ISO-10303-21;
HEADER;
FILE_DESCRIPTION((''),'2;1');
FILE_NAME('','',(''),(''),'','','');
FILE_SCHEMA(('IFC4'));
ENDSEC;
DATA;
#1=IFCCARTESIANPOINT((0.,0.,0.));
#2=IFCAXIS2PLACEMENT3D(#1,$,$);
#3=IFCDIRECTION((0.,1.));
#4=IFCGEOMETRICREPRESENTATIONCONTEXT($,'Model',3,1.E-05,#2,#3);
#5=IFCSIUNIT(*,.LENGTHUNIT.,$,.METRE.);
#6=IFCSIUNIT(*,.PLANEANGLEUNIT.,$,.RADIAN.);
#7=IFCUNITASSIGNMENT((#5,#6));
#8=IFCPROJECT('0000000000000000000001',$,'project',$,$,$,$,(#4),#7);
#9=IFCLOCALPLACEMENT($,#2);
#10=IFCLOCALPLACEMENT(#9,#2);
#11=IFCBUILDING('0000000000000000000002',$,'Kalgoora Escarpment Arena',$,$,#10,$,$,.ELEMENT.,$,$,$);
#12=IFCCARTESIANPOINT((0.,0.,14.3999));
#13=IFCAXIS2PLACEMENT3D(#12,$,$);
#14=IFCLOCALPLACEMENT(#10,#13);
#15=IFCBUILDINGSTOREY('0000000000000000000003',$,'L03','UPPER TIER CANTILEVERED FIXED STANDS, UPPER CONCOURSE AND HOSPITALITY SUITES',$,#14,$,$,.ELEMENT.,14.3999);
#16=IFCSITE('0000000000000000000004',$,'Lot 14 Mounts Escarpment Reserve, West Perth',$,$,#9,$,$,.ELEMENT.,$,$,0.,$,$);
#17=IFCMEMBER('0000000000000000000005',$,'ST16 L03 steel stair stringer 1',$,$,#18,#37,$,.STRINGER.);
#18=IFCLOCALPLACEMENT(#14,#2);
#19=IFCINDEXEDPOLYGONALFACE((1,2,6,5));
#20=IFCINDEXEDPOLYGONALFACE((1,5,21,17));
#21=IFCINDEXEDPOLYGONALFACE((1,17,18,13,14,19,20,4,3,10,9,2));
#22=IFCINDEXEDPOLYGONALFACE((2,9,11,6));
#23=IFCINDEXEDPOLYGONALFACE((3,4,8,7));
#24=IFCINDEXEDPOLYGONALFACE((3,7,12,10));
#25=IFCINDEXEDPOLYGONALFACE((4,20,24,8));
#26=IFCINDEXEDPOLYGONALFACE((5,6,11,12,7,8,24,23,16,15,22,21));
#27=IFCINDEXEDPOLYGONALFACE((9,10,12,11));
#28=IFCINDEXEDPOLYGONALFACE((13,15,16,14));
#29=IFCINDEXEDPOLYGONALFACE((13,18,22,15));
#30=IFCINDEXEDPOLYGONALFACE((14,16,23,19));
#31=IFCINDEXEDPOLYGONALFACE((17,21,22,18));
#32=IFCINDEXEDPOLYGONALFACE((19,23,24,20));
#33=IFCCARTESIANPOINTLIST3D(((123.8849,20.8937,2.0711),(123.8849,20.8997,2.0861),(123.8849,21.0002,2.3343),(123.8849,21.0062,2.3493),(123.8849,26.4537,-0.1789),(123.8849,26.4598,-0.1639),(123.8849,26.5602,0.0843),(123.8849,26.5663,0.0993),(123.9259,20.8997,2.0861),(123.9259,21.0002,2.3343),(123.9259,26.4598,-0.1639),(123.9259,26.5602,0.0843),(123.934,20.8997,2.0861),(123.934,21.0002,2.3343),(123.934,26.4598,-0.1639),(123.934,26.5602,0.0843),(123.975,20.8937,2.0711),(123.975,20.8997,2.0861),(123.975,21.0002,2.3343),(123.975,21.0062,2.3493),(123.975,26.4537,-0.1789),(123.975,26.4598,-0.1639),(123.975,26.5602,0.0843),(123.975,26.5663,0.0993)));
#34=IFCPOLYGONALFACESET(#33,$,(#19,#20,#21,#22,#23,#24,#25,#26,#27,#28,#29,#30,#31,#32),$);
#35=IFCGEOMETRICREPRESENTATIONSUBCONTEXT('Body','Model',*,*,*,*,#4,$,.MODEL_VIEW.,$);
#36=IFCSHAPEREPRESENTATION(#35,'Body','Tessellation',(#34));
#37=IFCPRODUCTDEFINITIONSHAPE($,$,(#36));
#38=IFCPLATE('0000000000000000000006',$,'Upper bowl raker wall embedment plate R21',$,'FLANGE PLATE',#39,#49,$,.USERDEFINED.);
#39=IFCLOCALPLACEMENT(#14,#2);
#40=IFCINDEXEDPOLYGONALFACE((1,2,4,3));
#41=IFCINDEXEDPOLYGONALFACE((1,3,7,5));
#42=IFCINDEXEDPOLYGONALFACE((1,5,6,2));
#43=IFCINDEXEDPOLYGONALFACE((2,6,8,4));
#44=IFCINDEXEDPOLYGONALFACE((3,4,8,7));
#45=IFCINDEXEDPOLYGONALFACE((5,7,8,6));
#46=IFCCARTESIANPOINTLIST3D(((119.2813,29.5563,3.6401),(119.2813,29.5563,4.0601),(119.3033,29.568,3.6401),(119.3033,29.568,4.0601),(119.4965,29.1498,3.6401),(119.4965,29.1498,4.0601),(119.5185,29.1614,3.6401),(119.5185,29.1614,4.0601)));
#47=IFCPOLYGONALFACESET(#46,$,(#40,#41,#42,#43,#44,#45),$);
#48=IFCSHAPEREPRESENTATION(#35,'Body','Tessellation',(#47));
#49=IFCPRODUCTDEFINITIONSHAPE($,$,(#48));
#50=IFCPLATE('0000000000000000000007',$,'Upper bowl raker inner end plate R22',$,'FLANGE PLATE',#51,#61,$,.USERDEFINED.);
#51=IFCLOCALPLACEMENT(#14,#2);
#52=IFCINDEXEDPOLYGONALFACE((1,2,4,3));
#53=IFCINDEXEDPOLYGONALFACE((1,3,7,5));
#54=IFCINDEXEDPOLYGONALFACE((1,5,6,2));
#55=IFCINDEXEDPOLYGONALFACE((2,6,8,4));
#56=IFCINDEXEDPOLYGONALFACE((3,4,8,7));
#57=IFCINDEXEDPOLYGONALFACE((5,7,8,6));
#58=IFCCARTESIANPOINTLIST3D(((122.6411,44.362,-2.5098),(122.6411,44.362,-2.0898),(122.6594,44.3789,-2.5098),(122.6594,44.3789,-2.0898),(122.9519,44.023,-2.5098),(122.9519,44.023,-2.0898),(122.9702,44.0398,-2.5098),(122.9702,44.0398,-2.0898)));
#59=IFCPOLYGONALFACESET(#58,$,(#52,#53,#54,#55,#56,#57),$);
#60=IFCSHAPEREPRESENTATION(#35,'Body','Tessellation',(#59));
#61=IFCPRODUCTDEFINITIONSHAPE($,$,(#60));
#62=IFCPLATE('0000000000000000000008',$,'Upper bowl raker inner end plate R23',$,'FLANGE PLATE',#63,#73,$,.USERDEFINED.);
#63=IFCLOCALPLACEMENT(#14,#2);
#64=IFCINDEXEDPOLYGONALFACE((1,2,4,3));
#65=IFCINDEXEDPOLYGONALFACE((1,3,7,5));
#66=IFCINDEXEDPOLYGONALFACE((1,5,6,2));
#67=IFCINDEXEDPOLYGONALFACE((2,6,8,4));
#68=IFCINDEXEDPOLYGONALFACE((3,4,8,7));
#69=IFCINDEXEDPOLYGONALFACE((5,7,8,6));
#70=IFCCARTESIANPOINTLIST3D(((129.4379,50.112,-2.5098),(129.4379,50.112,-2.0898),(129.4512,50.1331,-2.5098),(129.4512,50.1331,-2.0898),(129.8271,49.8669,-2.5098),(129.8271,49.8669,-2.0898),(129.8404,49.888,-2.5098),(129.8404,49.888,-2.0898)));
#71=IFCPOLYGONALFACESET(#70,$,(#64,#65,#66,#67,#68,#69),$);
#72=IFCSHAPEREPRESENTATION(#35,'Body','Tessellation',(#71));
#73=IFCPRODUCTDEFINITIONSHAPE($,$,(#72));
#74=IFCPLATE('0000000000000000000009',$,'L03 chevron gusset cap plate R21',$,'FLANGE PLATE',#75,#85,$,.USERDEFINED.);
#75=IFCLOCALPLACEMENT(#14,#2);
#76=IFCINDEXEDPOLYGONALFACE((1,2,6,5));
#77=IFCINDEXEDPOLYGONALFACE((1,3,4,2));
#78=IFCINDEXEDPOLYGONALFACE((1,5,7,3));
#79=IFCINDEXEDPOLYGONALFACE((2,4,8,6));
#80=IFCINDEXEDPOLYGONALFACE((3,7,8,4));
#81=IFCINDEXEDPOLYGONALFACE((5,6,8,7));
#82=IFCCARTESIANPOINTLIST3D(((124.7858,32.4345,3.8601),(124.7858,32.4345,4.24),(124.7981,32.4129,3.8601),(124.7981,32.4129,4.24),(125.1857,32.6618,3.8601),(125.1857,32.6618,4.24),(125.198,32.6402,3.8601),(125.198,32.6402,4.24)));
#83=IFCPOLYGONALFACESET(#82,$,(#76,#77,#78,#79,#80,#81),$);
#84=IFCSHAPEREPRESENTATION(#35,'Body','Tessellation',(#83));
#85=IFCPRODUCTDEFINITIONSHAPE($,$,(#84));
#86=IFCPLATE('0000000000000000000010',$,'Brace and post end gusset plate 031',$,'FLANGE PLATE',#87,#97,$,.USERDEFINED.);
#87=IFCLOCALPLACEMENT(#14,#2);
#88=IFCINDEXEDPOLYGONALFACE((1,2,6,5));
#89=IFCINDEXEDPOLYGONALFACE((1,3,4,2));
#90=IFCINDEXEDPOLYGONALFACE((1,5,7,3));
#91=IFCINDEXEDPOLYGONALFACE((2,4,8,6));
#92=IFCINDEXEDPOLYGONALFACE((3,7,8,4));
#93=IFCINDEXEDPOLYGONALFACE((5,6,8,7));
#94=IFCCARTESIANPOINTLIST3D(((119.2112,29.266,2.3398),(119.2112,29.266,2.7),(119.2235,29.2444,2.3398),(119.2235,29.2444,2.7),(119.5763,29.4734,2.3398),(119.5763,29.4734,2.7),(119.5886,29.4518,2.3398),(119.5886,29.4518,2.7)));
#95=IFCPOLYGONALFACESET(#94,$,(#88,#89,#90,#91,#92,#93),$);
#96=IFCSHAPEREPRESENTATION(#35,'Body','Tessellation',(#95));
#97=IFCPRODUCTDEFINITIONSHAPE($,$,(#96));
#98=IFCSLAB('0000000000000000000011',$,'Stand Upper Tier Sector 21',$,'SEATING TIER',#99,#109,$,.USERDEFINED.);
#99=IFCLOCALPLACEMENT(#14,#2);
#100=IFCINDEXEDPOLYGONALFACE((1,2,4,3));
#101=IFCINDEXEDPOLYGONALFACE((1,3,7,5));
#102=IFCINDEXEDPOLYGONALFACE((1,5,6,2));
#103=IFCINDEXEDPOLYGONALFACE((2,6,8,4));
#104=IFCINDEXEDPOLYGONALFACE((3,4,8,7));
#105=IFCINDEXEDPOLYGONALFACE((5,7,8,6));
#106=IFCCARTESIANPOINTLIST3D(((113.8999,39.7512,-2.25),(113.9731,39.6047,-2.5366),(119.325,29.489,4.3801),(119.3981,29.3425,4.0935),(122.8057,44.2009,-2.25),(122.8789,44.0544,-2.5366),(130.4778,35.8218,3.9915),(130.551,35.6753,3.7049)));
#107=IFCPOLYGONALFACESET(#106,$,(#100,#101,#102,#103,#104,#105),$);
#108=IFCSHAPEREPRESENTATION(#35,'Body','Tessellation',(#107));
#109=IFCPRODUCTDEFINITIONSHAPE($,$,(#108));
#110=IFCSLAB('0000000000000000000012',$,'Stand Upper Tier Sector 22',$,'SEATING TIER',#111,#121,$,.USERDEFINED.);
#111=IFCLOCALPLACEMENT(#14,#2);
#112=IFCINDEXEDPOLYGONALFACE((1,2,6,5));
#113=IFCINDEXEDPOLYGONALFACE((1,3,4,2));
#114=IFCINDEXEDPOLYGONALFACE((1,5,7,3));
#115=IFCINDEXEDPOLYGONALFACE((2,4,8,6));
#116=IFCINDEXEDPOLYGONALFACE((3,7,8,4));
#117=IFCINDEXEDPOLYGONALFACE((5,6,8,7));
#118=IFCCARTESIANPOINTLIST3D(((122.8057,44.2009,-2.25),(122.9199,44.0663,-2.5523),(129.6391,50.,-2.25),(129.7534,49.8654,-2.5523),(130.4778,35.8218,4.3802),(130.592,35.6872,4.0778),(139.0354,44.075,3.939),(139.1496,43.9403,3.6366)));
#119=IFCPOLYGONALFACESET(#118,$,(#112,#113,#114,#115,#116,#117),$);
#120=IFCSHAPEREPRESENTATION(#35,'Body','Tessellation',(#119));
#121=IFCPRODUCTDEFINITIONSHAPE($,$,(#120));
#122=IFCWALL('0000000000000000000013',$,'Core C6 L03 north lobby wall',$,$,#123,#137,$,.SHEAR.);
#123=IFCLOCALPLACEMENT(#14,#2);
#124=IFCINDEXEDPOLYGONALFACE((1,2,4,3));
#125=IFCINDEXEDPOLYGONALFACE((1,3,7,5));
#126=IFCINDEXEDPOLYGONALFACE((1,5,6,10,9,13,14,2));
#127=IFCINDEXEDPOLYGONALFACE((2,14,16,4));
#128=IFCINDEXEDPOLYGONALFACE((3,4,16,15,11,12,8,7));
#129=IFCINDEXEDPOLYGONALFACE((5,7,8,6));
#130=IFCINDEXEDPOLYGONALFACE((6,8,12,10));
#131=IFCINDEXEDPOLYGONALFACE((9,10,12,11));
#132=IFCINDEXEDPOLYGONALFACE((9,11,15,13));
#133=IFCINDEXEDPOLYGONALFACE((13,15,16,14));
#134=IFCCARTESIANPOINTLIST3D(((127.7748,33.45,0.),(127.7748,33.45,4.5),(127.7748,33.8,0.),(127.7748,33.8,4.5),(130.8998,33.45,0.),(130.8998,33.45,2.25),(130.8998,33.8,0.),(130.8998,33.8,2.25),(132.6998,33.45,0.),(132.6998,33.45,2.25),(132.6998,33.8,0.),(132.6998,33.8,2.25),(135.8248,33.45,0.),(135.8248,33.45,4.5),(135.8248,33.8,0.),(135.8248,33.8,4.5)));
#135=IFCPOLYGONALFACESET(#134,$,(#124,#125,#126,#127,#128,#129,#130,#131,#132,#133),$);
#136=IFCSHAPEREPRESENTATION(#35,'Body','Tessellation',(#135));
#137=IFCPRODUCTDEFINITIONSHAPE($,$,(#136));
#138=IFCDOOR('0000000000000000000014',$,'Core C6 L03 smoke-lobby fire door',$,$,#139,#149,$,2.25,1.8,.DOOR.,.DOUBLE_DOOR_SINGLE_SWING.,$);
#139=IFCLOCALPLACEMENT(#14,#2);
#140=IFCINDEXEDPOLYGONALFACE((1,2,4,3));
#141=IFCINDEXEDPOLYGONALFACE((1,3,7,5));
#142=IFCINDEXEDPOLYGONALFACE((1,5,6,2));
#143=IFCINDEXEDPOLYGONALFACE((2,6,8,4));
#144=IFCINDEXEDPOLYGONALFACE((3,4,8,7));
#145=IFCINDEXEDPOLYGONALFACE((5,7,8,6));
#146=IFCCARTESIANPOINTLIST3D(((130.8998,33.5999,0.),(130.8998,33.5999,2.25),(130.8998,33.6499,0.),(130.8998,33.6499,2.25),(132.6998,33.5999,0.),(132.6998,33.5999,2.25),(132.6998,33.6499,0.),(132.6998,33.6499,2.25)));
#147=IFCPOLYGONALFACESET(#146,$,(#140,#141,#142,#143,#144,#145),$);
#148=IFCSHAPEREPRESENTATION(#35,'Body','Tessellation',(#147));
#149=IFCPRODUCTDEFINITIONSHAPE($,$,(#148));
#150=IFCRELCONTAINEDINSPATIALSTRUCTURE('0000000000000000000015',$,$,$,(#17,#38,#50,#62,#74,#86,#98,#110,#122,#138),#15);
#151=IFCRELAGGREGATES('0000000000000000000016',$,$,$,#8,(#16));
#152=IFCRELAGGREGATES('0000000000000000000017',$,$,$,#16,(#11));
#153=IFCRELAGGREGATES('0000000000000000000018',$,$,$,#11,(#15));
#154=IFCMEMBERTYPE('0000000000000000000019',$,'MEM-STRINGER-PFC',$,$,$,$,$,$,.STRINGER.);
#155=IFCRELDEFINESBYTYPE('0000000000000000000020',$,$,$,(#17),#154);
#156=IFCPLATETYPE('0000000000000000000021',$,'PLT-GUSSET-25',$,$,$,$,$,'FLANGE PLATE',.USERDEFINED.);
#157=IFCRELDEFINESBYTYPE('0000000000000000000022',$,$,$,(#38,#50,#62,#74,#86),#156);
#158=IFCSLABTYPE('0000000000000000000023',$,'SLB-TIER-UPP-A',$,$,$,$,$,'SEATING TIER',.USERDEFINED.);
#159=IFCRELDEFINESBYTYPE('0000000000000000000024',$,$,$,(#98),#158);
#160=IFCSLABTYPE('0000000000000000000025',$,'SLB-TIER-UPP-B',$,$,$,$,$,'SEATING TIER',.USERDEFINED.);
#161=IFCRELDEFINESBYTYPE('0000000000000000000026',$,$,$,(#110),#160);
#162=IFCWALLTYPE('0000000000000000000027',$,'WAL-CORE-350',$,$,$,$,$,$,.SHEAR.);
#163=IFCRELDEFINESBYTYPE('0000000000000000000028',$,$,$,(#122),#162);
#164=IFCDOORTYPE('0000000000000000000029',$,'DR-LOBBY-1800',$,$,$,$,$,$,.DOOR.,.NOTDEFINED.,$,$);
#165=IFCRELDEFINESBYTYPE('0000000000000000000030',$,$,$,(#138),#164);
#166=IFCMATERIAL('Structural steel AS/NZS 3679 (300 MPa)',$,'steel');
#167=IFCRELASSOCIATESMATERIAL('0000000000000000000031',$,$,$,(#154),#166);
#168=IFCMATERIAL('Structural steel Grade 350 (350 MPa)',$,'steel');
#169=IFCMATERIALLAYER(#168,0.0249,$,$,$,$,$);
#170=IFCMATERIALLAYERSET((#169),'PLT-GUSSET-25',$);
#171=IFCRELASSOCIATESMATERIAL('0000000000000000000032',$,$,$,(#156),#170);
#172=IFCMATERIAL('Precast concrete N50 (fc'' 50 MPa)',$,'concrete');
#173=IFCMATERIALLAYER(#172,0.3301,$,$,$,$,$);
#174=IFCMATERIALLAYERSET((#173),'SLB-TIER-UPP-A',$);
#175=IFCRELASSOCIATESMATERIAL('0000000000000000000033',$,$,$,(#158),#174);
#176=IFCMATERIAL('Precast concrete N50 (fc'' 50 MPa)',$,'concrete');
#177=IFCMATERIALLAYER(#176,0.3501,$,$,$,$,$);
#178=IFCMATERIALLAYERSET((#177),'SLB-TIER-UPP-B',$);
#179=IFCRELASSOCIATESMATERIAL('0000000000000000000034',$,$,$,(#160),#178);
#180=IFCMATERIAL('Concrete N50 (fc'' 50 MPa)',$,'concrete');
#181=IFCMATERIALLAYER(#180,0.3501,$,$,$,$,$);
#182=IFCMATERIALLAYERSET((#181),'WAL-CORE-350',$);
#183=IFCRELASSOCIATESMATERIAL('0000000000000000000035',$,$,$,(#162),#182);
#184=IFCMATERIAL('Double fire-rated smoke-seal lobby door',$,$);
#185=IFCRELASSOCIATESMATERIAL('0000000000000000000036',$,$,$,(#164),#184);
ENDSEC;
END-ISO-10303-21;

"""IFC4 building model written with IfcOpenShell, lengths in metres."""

from ifc_helpers import new_model, si_unit, direction, frame, frame_2d, origin, origin_2d, place, context, subcontext, project, spatial, polyline, rectangle, i_section, outline, extrude, material, layer, layer_set, material_profile, profile_set, type_object, element, fill, save


model = new_model("IFC4")

# Units and contexts
model_context = context("Model", 3, precision=1e-05, world=origin(), true_north=direction((0.0, 1.0)))
body_context = subcontext(model_context, "Body", "Model", "MODEL_VIEW")
ifc_project = project(units=[si_unit("LENGTHUNIT", "METRE"), si_unit("PLANEANGLEUNIT", "RADIAN")], contexts=[model_context])

# Site, building, storey
site_placement = place(None, origin())
site = spatial("IfcSite", under=ifc_project, at=site_placement, Name="Lot 14 Mounts Escarpment Reserve, West Perth", CompositionType="ELEMENT", RefElevation=0.0)
building_placement = place(site_placement, origin())
building = spatial("IfcBuilding", under=site, at=building_placement, Name="Kalgoora Escarpment Arena", CompositionType="ELEMENT")
storey_placement = place(building_placement, frame((0.0, 0.0, 14.3999)))
storey = spatial("IfcBuildingStorey", under=building, at=storey_placement, Name="L03", Description="UPPER TIER CANTILEVERED FIXED STANDS, UPPER CONCOURSE AND HOSPITALITY SUITES", CompositionType="ELEMENT", Elevation=14.3999)

# Member
ifc_material_1 = material(Name="Structural steel AS/NZS 3679 (300 MPa)", Category="steel")
ifc_material_profile_1 = material_profile(ifc_material_1, i_section(OverallWidth=0.0901, OverallDepth=0.3, WebThickness=0.0081, FlangeThickness=0.0161, at=origin_2d()))
ifc_profile_set_1 = profile_set([ifc_material_profile_1], Name="Structural steel AS/NZS 3679 (300 MPa)")
member_type_1 = type_object("IfcMemberType", Name="MEM-STRINGER-PFC", PredefinedType="STRINGER", material=ifc_profile_set_1)
member_1_placement = place(storey_placement, frame((123.9299, 26.51, -0.0398), z_axis=(0.0, -0.926976, 0.375121), x_axis=(1.0, 0.0, 0.0)))
element("IfcMember", 1, at=member_1_placement, inside=storey, type_object=member_type_1, Name="ST16 L03 steel stair stringer 1", PredefinedType="STRINGER", context=body_context, shape_type="SweptSolid", body=[
    extrude(i_section(OverallWidth=0.0901, OverallDepth=0.3, WebThickness=0.0081, FlangeThickness=0.0161, at=origin_2d()), origin(), (0.0, 0.0, 1.0), 5.998),
])

# Plates
ifc_material_2 = material(Name="Structural steel Grade 350 (350 MPa)", Category="steel")
ifc_layer_1 = layer(ifc_material_2, 0.0249)
ifc_layer_set_1 = layer_set([ifc_layer_1], Name="PLT-GUSSET-25")
plate_type = type_object("IfcPlateType", Name="PLT-GUSSET-25", ElementType="FLANGE PLATE", PredefinedType="USERDEFINED", material=ifc_layer_set_1)
for number, where, z_axis, x_axis, name in (
    (2, (119.3999, 29.3589, 3.6401), (0.0, 0.0, 1.0), (0.467776, -0.883847, 0.0), "Upper bowl raker wall embedment plate R21"),
    (3, (122.8057, 44.2009, -2.5098), (0.0, 0.0, 1.0), (0.675719, -0.737159, 0.0), "Upper bowl raker inner end plate R22"),
    (4, (129.6392, 50.0, -2.5098), (0.0, 0.0, 1.0), (0.846193, -0.532876, 0.0), "Upper bowl raker inner end plate R23"),
):
    element("IfcPlate", number, at=place(storey_placement, frame(where, z_axis=z_axis, x_axis=x_axis)), inside=storey, type_object=plate_type, Name=name, ObjectType="FLANGE PLATE", PredefinedType="USERDEFINED", context=body_context, shape_type="SweptSolid", body=[
        extrude(rectangle(XDim=0.46, YDim=0.0249, at=origin_2d()), origin(), (0.0, 0.0, 1.0), 0.4199),
    ])
plate_1_placement = place(storey_placement, frame((124.9919, 32.5374, 3.8601), z_axis=(0.0, 0.0, 1.0), x_axis=(0.869409, 0.494094, 0.0)))
element("IfcPlate", 5, at=plate_1_placement, inside=storey, type_object=plate_type, Name="L03 chevron gusset cap plate R21", ObjectType="FLANGE PLATE", PredefinedType="USERDEFINED", context=body_context, shape_type="SweptSolid", body=[
    extrude(rectangle(XDim=0.46, YDim=0.0249, at=origin_2d()), origin(), (0.0, 0.0, 1.0), 0.3799),
])
plate_2_placement = place(storey_placement, frame((119.3999, 29.3589, 2.3398), z_axis=(0.0, 0.0, 1.0), x_axis=(0.869495, 0.493942, 0.0)))
element("IfcPlate", 6, at=plate_2_placement, inside=storey, type_object=plate_type, Name="Brace and post end gusset plate 031", ObjectType="FLANGE PLATE", PredefinedType="USERDEFINED", context=body_context, shape_type="SweptSolid", body=[
    extrude(rectangle(XDim=0.4199, YDim=0.0249, at=origin_2d()), origin(), (0.0, 0.0, 1.0), 0.3601),
])

# Slabs
ifc_material_3 = material(Name="Precast concrete N50 (fc' 50 MPa)", Category="concrete")
ifc_layer_2 = layer(ifc_material_3, 0.3301)
ifc_layer_set_2 = layer_set([ifc_layer_2], Name="SLB-TIER-UPP-A")
slab_type_1 = type_object("IfcSlabType", Name="SLB-TIER-UPP-A", ElementType="SEATING TIER", PredefinedType="USERDEFINED", material=ifc_layer_set_2)
slab_1_placement = place(storey_placement, frame((113.8999, 39.7512, -2.25), z_axis=(-0.221718, 0.443761, 0.868284), x_axis=(0.894555, 0.446957, -0.000003)))
element("IfcSlab", 7, at=slab_1_placement, inside=storey, type_object=slab_type_1, Name="Stand Upper Tier Sector 21", ObjectType="SEATING TIER", PredefinedType="USERDEFINED", context=body_context, shape_type="SweptSolid", body=[
    extrude(outline(polyline([(0.0, 0.0), (9.9555, 0.0), (13.0735, -12.5819), (0.2662, -13.3653), (0.0, 0.0)])), origin(), (0.0, 0.0, -1.0), 0.3301),
])
ifc_material_4 = material(Name="Precast concrete N50 (fc' 50 MPa)", Category="concrete")
ifc_layer_3 = layer(ifc_material_4, 0.3501)
ifc_layer_set_3 = layer_set([ifc_layer_3], Name="SLB-TIER-UPP-B")
slab_type_2 = type_object("IfcSlabType", Name="SLB-TIER-UPP-B", ElementType="SEATING TIER", PredefinedType="USERDEFINED", material=ifc_layer_set_3)
slab_2_placement = place(storey_placement, frame((122.8057, 44.2009, -2.25), z_axis=(-0.326308, 0.384508, 0.863526), x_axis=(0.762455, 0.647041, 0.000003)))
element("IfcSlab", 8, at=slab_2_placement, inside=storey, type_object=slab_type_2, Name="Stand Upper Tier Sector 22", ObjectType="SEATING TIER", PredefinedType="USERDEFINED", context=body_context, shape_type="SweptSolid", body=[
    extrude(outline(polyline([(0.0, 0.0), (8.9625, 0.0), (12.293, -12.2722), (0.428, -13.1471), (0.0, 0.0)])), origin(), (0.0, 0.0, -1.0), 0.3501),
])

# Wall, opening, door
ifc_material_5 = material(Name="Concrete N50 (fc' 50 MPa)", Category="concrete")
ifc_layer_4 = layer(ifc_material_5, 0.3501)
ifc_layer_set_4 = layer_set([ifc_layer_4], Name="WAL-CORE-350")
wall_type_1 = type_object("IfcWallType", Name="WAL-CORE-350", PredefinedType="SHEAR", material=ifc_layer_set_4)
wall_1_placement = place(storey_placement, frame((127.7749, 33.625, 0.0), z_axis=(0.0, 0.0, 1.0), x_axis=(1.0, 0.0, 0.0)))
wall_1 = element("IfcWall", 9, at=wall_1_placement, inside=storey, type_object=wall_type_1, Name="Core C6 L03 north lobby wall", PredefinedType="SHEAR", context=body_context, shape_type="SweptSolid", body=[
    extrude(rectangle(XDim=8.05, YDim=0.3501, at=frame_2d((4.0249, 0.0))), origin(), (0.0, 0.0, 1.0), 4.5),
])
opening_1_placement = place(wall_1_placement, frame((3.125, 0.0, 0.0)))
opening_1 = element("IfcOpeningElement", 10, at=opening_1_placement, cuts=wall_1, PredefinedType="OPENING", context=body_context, shape_type="SweptSolid", body=[
    extrude(rectangle(XDim=1.8, YDim=2.25, at=frame_2d((0.8999, 1.125))), frame((0.0, 0.1851, 0.0), z_axis=(0.0, -1.0, 0.0), x_axis=(1.0, 0.0, 0.0)), (0.0, 0.0, 1.0), 0.3701),
])
ifc_material_6 = material(Name="Double fire-rated smoke-seal lobby door")
door_type_1 = type_object("IfcDoorType", Name="DR-LOBBY-1800", OperationType="NOTDEFINED", PredefinedType="DOOR", material=ifc_material_6)
door_1_placement = place(opening_1_placement, origin())
door_1 = element("IfcDoor", 11, at=door_1_placement, inside=storey, type_object=door_type_1, Name="Core C6 L03 smoke-lobby fire door", OperationType="DOUBLE_DOOR_SINGLE_SWING", OverallHeight=2.25, OverallWidth=1.8, PredefinedType="DOOR", context=body_context, shape_type="SweptSolid", body=[
    extrude(rectangle(XDim=1.8, YDim=2.25, at=frame_2d((0.8999, 1.125))), frame((0.0, 0.0249, 0.0), z_axis=(0.0, -1.0, 0.0), x_axis=(1.0, 0.0, 0.0)), (0.0, 0.0, 1.0), 0.05),
])
fill(opening_1, door_1)

save(model, "model.ifc")
